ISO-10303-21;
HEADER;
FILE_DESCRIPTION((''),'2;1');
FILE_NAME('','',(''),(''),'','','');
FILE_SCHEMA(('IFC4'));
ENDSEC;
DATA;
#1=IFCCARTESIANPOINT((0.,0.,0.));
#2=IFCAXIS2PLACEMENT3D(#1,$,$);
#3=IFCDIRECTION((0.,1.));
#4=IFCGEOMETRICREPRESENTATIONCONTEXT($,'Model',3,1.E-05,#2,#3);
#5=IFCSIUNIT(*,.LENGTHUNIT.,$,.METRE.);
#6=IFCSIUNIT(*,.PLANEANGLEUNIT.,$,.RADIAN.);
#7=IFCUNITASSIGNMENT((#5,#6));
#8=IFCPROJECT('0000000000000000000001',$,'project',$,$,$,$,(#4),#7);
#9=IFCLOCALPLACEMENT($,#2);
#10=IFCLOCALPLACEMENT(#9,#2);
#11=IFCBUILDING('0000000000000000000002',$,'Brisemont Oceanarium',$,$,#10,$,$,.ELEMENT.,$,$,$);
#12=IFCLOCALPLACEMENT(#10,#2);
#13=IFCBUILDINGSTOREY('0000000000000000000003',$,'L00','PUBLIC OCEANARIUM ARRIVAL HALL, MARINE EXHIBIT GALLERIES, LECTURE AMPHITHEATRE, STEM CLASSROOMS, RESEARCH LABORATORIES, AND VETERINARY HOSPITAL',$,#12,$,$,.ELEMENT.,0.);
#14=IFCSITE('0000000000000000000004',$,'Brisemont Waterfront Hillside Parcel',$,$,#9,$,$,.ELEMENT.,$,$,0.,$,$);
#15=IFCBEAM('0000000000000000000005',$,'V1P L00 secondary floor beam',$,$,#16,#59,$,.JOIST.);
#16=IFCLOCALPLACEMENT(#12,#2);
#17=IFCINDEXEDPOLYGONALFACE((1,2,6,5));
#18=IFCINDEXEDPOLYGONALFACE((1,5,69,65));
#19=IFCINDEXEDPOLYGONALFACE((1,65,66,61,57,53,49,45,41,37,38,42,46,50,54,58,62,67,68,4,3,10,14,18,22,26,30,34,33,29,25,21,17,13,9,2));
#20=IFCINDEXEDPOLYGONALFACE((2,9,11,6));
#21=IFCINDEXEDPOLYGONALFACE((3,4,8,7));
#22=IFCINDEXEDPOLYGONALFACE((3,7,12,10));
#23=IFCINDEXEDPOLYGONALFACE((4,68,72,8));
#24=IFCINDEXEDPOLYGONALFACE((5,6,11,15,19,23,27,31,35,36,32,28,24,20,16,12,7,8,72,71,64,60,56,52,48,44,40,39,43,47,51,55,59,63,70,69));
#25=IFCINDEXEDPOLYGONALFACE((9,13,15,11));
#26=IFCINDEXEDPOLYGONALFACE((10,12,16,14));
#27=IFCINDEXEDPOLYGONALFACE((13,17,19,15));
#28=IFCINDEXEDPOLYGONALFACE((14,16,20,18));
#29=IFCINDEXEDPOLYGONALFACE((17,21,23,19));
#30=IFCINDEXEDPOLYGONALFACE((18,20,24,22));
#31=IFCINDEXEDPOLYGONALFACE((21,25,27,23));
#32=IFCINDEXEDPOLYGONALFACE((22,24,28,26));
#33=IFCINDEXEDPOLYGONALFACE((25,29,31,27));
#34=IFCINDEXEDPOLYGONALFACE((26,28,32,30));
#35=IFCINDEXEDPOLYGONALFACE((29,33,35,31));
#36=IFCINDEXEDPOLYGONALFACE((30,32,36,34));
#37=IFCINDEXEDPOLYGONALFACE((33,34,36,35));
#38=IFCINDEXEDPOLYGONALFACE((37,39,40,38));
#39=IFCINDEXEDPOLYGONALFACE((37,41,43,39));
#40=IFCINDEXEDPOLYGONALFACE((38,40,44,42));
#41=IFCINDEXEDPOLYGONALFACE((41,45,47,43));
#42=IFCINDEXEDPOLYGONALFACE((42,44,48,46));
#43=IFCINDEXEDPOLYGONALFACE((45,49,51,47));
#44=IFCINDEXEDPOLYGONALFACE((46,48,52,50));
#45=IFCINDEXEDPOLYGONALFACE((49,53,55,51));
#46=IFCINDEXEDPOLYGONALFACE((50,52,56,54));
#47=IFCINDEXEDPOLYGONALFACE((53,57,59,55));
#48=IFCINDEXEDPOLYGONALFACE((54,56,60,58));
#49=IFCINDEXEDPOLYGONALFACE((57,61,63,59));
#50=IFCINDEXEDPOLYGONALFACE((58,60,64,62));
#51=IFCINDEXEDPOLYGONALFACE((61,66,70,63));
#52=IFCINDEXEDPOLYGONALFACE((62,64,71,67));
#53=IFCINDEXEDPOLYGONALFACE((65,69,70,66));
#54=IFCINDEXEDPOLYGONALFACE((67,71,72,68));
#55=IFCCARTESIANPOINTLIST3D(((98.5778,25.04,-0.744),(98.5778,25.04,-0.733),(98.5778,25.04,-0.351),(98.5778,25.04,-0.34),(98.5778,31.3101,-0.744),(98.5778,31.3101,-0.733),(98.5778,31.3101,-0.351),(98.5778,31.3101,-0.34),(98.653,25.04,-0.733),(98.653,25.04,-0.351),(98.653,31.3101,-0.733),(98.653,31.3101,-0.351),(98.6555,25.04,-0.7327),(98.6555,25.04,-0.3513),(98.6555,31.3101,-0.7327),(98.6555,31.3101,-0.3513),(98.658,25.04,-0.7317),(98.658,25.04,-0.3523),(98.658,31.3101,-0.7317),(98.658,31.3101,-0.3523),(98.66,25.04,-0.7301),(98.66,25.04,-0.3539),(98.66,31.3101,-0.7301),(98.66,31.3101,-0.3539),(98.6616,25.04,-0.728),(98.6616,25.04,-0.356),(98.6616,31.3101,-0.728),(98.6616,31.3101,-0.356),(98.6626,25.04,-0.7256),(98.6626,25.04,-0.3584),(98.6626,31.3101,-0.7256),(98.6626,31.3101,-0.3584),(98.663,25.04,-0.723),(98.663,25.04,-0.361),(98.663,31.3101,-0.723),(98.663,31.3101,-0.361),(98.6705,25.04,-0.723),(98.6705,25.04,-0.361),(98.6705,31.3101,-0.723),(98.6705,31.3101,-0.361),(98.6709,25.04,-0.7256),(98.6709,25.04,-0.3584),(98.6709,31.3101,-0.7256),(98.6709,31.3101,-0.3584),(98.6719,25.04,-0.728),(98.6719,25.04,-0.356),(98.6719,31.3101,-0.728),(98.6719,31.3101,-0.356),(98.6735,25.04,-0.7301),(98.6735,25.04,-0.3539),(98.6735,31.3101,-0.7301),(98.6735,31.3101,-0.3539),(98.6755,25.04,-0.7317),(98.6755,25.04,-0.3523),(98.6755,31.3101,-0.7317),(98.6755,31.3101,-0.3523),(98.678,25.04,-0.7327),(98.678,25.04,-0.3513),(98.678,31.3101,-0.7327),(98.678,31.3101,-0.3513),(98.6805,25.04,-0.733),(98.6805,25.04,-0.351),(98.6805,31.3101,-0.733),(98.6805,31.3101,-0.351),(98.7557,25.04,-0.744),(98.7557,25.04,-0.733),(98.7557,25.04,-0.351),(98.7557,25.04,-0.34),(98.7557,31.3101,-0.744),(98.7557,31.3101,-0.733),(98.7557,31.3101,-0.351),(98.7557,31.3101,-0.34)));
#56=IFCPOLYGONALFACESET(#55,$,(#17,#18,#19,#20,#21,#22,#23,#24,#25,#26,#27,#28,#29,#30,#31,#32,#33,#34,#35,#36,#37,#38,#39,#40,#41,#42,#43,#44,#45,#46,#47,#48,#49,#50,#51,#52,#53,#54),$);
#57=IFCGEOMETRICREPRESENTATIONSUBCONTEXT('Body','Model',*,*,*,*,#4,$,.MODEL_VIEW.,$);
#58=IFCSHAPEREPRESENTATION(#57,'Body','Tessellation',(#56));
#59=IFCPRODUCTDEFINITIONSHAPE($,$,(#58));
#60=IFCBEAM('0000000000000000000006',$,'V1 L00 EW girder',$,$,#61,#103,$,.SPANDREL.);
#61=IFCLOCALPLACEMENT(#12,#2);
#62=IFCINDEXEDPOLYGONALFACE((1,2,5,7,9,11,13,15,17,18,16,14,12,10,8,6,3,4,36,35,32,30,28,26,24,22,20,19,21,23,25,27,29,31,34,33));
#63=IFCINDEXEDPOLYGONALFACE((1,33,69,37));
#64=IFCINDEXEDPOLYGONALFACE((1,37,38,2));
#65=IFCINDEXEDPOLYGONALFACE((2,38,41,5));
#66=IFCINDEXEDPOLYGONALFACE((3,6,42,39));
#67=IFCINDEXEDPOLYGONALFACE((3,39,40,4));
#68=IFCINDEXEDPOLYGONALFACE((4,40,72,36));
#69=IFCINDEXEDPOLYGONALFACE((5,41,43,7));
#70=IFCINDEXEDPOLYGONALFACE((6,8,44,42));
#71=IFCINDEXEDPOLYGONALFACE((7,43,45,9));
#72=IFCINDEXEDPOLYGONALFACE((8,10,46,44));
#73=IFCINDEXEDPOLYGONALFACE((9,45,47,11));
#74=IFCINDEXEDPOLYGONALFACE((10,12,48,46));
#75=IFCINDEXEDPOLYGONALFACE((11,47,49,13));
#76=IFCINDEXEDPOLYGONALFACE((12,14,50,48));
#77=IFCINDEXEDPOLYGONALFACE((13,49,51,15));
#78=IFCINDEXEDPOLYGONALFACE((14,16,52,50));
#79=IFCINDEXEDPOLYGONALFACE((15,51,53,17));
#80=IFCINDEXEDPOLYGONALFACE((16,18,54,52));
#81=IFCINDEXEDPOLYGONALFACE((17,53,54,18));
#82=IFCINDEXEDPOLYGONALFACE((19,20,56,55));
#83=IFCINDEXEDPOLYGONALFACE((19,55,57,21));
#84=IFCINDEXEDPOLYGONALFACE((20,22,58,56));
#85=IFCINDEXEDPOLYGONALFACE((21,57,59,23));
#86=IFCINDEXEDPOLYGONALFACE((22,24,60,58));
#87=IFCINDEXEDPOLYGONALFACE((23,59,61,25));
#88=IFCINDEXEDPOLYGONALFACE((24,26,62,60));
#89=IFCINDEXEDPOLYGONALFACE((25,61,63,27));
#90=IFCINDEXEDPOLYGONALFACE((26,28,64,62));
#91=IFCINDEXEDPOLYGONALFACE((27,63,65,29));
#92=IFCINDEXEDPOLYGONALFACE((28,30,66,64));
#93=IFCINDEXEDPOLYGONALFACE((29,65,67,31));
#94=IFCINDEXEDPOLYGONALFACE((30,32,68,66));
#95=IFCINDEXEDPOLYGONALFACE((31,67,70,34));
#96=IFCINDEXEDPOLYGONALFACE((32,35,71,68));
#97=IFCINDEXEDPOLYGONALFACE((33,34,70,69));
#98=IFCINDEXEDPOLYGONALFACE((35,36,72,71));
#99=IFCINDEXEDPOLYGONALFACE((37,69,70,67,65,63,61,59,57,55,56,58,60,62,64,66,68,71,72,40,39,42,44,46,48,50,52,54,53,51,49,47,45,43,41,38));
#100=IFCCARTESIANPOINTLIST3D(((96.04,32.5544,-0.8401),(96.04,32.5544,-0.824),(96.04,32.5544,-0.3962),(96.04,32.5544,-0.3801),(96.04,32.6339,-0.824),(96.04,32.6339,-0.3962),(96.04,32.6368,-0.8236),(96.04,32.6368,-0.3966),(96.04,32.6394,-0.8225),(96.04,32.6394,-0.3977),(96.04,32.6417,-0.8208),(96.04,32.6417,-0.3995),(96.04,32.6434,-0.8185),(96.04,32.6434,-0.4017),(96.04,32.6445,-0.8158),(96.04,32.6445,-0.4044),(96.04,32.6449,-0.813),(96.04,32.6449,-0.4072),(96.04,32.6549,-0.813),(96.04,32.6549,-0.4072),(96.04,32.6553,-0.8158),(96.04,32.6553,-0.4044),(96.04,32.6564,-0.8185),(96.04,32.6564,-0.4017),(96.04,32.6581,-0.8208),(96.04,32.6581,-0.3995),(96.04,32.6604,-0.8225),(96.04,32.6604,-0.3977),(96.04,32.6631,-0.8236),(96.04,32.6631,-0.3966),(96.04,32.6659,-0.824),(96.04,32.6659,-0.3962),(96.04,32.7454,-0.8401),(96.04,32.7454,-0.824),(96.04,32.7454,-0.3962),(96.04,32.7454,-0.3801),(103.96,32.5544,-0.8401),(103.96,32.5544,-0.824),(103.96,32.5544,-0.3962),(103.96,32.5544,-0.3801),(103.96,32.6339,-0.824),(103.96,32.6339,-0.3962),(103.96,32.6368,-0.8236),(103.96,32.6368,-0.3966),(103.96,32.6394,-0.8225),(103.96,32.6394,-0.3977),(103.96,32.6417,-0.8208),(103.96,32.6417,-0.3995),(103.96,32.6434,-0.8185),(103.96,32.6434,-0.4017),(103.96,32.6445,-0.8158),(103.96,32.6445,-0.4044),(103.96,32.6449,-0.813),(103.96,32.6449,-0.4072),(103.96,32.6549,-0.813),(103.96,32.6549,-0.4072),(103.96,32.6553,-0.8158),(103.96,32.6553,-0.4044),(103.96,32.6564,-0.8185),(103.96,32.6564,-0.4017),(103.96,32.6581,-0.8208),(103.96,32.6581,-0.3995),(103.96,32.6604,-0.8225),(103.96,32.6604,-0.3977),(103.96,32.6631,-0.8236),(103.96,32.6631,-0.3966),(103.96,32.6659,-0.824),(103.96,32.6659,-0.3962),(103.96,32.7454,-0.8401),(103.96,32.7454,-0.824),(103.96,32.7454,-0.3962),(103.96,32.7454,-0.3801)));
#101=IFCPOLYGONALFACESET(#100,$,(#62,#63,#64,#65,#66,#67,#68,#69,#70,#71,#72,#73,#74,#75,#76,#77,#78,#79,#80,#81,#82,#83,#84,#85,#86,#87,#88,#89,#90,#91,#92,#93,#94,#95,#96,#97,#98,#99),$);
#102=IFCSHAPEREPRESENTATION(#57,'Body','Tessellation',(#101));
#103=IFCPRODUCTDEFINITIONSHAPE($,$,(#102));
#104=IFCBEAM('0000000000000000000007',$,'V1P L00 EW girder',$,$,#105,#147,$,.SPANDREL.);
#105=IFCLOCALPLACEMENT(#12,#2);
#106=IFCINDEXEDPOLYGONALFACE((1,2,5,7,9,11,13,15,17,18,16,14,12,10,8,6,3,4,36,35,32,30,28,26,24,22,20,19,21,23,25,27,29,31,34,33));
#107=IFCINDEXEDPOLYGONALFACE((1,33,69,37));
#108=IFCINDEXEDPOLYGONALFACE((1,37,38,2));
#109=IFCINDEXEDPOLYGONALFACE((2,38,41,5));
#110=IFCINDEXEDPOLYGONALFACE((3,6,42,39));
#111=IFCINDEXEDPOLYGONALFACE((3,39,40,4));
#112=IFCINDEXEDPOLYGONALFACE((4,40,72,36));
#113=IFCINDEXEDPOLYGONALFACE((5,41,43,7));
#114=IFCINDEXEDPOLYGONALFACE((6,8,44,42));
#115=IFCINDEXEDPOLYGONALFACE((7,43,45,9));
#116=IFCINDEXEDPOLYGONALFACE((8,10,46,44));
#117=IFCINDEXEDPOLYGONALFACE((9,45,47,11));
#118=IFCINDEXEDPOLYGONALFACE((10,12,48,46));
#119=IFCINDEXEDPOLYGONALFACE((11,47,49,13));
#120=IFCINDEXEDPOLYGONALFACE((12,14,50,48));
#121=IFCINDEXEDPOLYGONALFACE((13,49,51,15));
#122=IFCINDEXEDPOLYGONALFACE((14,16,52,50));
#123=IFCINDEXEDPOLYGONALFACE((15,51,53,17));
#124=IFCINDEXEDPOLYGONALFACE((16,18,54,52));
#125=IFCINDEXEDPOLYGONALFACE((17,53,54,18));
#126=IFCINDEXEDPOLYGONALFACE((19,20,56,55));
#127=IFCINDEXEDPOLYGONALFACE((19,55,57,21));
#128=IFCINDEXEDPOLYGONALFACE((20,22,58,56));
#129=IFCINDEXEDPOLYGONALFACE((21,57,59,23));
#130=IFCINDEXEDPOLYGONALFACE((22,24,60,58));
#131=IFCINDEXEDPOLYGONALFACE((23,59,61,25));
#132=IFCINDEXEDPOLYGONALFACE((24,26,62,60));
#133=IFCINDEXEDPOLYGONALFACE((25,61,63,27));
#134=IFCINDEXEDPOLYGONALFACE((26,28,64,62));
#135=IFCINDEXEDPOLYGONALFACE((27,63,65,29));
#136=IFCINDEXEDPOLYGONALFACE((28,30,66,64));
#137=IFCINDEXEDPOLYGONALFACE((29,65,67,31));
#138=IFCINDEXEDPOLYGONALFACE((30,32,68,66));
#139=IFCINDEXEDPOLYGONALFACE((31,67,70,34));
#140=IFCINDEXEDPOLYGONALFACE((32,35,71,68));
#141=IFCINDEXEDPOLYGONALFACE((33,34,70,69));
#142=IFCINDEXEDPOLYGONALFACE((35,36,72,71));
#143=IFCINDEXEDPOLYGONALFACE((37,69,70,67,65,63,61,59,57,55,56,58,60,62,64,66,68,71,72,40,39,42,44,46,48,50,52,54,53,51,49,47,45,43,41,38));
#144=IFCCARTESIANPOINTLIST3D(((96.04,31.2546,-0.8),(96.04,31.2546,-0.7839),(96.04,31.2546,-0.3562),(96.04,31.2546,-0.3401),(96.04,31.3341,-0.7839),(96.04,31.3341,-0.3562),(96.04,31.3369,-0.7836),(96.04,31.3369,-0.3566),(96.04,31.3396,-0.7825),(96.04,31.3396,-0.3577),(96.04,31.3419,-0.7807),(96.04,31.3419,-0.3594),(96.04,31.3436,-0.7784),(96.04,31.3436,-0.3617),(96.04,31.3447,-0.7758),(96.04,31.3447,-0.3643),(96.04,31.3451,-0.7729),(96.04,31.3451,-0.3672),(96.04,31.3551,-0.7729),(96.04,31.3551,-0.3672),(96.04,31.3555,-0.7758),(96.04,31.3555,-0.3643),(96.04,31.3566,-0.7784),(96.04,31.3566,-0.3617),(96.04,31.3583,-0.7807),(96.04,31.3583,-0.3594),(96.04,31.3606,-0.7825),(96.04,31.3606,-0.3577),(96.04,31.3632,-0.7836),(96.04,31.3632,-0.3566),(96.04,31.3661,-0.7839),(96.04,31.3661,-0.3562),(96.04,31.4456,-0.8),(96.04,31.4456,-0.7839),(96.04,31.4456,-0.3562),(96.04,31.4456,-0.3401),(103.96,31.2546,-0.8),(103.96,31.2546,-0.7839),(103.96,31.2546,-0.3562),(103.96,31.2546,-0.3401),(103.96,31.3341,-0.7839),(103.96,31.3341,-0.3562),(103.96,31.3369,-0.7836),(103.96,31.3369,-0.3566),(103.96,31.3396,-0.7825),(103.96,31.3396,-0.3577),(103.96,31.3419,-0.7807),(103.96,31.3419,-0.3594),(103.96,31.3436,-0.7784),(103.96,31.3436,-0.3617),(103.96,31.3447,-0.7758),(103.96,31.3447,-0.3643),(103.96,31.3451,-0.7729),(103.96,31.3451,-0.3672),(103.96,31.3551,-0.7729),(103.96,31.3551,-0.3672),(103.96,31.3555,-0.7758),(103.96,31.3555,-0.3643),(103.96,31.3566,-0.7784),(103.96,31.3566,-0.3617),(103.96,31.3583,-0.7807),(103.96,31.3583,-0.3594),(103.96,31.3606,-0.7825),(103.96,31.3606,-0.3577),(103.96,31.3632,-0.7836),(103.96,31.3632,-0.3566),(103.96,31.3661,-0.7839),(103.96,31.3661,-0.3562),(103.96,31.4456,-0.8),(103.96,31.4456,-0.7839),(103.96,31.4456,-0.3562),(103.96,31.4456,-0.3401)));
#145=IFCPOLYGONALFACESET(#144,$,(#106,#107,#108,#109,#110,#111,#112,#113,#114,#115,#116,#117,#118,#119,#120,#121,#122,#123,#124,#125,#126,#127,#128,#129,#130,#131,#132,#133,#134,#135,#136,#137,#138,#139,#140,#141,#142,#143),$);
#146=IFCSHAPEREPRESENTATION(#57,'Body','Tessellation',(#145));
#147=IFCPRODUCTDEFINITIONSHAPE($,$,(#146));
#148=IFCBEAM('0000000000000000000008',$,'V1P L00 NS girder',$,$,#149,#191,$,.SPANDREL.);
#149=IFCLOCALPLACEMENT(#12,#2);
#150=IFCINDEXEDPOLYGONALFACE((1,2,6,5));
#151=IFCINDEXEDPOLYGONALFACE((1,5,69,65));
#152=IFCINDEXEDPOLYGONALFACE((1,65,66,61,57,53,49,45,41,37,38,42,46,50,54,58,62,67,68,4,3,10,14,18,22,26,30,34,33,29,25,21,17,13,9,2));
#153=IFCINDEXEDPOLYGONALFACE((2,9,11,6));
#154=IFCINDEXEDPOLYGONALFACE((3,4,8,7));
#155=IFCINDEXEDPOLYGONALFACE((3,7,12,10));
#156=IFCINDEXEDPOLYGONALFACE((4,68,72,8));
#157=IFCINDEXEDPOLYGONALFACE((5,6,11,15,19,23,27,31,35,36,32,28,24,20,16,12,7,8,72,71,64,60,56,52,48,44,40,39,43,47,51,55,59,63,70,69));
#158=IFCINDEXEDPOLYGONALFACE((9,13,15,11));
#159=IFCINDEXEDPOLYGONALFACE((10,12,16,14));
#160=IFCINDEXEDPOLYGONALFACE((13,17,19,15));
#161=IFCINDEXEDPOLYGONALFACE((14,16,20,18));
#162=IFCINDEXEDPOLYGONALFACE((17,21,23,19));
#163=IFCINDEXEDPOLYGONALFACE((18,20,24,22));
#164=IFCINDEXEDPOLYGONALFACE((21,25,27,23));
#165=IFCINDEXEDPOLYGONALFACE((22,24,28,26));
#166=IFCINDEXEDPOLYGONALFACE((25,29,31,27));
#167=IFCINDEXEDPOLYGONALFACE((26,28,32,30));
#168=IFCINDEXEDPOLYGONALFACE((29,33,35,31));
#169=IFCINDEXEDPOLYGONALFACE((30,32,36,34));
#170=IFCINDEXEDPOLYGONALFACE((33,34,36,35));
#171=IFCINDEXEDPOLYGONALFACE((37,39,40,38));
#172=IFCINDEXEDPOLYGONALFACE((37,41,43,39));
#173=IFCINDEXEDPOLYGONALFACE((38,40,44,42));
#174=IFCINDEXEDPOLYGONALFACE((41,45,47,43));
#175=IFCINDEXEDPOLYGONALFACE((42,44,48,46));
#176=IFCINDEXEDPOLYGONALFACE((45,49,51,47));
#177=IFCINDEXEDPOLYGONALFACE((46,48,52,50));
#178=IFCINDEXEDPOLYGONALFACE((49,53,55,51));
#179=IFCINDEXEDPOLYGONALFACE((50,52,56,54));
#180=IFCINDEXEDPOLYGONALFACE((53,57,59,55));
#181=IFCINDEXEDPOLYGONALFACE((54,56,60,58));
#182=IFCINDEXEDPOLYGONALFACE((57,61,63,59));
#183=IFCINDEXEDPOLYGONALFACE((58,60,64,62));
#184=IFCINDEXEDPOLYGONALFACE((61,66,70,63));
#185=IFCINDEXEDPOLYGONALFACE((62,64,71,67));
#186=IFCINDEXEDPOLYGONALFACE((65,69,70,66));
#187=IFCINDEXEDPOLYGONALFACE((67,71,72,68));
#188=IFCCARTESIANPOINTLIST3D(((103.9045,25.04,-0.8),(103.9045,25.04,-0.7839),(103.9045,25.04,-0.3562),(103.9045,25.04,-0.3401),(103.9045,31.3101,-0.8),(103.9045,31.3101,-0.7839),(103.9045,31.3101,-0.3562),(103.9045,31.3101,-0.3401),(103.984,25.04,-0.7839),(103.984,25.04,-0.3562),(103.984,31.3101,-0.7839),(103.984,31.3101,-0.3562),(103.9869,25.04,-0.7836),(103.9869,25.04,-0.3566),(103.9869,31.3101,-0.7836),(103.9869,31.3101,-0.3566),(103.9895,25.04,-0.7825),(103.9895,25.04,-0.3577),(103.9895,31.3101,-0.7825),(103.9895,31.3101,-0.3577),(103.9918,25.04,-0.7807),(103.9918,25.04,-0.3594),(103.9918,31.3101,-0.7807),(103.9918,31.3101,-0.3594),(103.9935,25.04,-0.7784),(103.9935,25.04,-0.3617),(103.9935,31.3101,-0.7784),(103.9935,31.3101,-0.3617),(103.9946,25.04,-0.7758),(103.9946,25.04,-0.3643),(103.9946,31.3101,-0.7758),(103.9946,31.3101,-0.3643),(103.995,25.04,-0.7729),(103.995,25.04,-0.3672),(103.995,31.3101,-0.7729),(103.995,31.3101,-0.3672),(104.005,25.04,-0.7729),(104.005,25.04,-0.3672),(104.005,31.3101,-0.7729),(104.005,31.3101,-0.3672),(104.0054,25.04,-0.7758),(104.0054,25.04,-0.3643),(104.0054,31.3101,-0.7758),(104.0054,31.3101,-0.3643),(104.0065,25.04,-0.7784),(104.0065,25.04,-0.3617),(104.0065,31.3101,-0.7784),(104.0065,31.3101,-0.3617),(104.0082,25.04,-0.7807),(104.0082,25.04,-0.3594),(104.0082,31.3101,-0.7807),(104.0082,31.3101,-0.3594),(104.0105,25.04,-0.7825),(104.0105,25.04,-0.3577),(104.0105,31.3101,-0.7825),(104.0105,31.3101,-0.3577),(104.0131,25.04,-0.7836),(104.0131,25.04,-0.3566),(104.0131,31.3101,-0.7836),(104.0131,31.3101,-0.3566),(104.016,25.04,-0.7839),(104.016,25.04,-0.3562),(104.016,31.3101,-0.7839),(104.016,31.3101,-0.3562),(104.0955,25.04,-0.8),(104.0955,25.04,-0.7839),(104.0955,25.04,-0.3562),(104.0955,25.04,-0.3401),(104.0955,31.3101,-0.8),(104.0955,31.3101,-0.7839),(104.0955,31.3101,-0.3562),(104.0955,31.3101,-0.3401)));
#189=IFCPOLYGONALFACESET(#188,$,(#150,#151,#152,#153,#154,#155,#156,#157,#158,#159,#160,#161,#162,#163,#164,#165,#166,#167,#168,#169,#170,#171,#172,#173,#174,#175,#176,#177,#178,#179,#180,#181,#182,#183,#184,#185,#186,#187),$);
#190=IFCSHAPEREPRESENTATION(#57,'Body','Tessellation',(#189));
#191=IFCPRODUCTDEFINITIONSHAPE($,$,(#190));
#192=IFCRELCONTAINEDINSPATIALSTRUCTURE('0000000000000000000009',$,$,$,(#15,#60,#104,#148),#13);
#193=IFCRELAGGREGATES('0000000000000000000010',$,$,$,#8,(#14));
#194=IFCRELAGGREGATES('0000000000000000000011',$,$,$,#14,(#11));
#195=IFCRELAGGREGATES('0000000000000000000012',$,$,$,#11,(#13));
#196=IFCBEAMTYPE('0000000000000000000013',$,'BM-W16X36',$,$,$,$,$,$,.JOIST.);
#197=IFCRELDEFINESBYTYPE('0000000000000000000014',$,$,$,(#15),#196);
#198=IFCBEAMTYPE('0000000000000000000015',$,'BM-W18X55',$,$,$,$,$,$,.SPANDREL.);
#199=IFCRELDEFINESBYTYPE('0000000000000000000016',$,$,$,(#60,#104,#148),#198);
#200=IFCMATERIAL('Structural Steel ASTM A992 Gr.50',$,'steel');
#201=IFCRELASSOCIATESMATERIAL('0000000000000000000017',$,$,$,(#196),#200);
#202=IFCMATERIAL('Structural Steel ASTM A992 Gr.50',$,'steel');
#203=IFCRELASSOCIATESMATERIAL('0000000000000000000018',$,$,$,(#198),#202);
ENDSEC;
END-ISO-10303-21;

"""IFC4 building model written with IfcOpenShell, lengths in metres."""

from ifc_helpers import new_model, si_unit, direction, frame, origin, origin_2d, place, context, subcontext, project, spatial, i_section, extrude, material, material_profile, profile_set, type_object, element, save


model = new_model("IFC4")

# Units and contexts
model_context = context("Model", 3, precision=1e-05, world=origin(), true_north=direction((0.0, 1.0)))
body_context = subcontext(model_context, "Body", "Model", "MODEL_VIEW")
ifc_project = project(units=[si_unit("LENGTHUNIT", "METRE"), si_unit("PLANEANGLEUNIT", "RADIAN")], contexts=[model_context])

# Site, building, storey
site_placement = place(None, origin())
site = spatial("IfcSite", under=ifc_project, at=site_placement, Name="Brisemont Waterfront Hillside Parcel", CompositionType="ELEMENT", RefElevation=0.0)
building_placement = place(site_placement, origin())
building = spatial("IfcBuilding", under=site, at=building_placement, Name="Brisemont Oceanarium", CompositionType="ELEMENT")
storey_placement = place(building_placement, origin())
storey = spatial("IfcBuildingStorey", under=building, at=storey_placement, Name="L00", Description="PUBLIC OCEANARIUM ARRIVAL HALL, MARINE EXHIBIT GALLERIES, LECTURE AMPHITHEATRE, STEM CLASSROOMS, RESEARCH LABORATORIES, AND VETERINARY HOSPITAL", CompositionType="ELEMENT", Elevation=0.0)

# Beams
ifc_material_1 = material(Name="Structural Steel ASTM A992 Gr.50", Category="steel")
ifc_material_profile_1 = material_profile(ifc_material_1, i_section(OverallWidth=0.178, OverallDepth=0.4041, WebThickness=0.0076, FlangeThickness=0.011, FilletRadius=0.01, at=origin_2d()), Name="W16X36")
ifc_profile_set_1 = profile_set([ifc_material_profile_1], Name="Structural Steel ASTM A992 Gr.50")
beam_type_1 = type_object("IfcBeamType", Name="BM-W16X36", PredefinedType="JOIST", material=ifc_profile_set_1)
beam_1_placement = place(storey_placement, frame((98.6667, 25.04, -0.542), z_axis=(0.0, 1.0, 0.0), x_axis=(-1.0, 0.0, 0.0)))
element("IfcBeam", 1, at=beam_1_placement, inside=storey, type_object=beam_type_1, Name="V1P L00 secondary floor beam", PredefinedType="JOIST", context=body_context, shape_type="SweptSolid", body=[
    extrude(i_section(OverallWidth=0.178, OverallDepth=0.4041, WebThickness=0.0076, FlangeThickness=0.011, FilletRadius=0.01, at=origin_2d()), origin(), (0.0, 0.0, 1.0), 6.27),
])
ifc_material_2 = material(Name="Structural Steel ASTM A992 Gr.50", Category="steel")
ifc_material_profile_2 = material_profile(ifc_material_2, i_section(OverallWidth=0.1909, OverallDepth=0.46, WebThickness=0.01, FlangeThickness=0.0161, FilletRadius=0.011, at=origin_2d()), Name="W18X55")
ifc_profile_set_2 = profile_set([ifc_material_profile_2], Name="Structural Steel ASTM A992 Gr.50")
beam_type_2 = type_object("IfcBeamType", Name="BM-W18X55", PredefinedType="SPANDREL", material=ifc_profile_set_2)
for number, where, z_axis, x_axis, name in (
    (2, (96.04, 32.6499, -0.6101), (1.0, 0.0, 0.0), (0.0, 1.0, 0.0), "V1 L00 EW girder"),
    (3, (96.04, 31.3501, -0.5701), (1.0, 0.0, 0.0), (0.0, 1.0, 0.0), "V1P L00 EW girder"),
):
    element("IfcBeam", number, at=place(storey_placement, frame(where, z_axis=z_axis, x_axis=x_axis)), inside=storey, type_object=beam_type_2, Name=name, PredefinedType="SPANDREL", context=body_context, shape_type="SweptSolid", body=[
        extrude(i_section(OverallWidth=0.1909, OverallDepth=0.46, WebThickness=0.01, FlangeThickness=0.0161, FilletRadius=0.011, at=origin_2d()), origin(), (0.0, 0.0, 1.0), 7.9199),
    ])
beam_2_placement = place(storey_placement, frame((104.0, 25.04, -0.5701), z_axis=(0.0, 1.0, 0.0), x_axis=(-1.0, 0.0, 0.0)))
element("IfcBeam", 4, at=beam_2_placement, inside=storey, type_object=beam_type_2, Name="V1P L00 NS girder", PredefinedType="SPANDREL", context=body_context, shape_type="SweptSolid", body=[
    extrude(i_section(OverallWidth=0.1909, OverallDepth=0.46, WebThickness=0.01, FlangeThickness=0.0161, FilletRadius=0.011, at=origin_2d()), origin(), (0.0, 0.0, 1.0), 6.27),
])

save(model, "model.ifc")
